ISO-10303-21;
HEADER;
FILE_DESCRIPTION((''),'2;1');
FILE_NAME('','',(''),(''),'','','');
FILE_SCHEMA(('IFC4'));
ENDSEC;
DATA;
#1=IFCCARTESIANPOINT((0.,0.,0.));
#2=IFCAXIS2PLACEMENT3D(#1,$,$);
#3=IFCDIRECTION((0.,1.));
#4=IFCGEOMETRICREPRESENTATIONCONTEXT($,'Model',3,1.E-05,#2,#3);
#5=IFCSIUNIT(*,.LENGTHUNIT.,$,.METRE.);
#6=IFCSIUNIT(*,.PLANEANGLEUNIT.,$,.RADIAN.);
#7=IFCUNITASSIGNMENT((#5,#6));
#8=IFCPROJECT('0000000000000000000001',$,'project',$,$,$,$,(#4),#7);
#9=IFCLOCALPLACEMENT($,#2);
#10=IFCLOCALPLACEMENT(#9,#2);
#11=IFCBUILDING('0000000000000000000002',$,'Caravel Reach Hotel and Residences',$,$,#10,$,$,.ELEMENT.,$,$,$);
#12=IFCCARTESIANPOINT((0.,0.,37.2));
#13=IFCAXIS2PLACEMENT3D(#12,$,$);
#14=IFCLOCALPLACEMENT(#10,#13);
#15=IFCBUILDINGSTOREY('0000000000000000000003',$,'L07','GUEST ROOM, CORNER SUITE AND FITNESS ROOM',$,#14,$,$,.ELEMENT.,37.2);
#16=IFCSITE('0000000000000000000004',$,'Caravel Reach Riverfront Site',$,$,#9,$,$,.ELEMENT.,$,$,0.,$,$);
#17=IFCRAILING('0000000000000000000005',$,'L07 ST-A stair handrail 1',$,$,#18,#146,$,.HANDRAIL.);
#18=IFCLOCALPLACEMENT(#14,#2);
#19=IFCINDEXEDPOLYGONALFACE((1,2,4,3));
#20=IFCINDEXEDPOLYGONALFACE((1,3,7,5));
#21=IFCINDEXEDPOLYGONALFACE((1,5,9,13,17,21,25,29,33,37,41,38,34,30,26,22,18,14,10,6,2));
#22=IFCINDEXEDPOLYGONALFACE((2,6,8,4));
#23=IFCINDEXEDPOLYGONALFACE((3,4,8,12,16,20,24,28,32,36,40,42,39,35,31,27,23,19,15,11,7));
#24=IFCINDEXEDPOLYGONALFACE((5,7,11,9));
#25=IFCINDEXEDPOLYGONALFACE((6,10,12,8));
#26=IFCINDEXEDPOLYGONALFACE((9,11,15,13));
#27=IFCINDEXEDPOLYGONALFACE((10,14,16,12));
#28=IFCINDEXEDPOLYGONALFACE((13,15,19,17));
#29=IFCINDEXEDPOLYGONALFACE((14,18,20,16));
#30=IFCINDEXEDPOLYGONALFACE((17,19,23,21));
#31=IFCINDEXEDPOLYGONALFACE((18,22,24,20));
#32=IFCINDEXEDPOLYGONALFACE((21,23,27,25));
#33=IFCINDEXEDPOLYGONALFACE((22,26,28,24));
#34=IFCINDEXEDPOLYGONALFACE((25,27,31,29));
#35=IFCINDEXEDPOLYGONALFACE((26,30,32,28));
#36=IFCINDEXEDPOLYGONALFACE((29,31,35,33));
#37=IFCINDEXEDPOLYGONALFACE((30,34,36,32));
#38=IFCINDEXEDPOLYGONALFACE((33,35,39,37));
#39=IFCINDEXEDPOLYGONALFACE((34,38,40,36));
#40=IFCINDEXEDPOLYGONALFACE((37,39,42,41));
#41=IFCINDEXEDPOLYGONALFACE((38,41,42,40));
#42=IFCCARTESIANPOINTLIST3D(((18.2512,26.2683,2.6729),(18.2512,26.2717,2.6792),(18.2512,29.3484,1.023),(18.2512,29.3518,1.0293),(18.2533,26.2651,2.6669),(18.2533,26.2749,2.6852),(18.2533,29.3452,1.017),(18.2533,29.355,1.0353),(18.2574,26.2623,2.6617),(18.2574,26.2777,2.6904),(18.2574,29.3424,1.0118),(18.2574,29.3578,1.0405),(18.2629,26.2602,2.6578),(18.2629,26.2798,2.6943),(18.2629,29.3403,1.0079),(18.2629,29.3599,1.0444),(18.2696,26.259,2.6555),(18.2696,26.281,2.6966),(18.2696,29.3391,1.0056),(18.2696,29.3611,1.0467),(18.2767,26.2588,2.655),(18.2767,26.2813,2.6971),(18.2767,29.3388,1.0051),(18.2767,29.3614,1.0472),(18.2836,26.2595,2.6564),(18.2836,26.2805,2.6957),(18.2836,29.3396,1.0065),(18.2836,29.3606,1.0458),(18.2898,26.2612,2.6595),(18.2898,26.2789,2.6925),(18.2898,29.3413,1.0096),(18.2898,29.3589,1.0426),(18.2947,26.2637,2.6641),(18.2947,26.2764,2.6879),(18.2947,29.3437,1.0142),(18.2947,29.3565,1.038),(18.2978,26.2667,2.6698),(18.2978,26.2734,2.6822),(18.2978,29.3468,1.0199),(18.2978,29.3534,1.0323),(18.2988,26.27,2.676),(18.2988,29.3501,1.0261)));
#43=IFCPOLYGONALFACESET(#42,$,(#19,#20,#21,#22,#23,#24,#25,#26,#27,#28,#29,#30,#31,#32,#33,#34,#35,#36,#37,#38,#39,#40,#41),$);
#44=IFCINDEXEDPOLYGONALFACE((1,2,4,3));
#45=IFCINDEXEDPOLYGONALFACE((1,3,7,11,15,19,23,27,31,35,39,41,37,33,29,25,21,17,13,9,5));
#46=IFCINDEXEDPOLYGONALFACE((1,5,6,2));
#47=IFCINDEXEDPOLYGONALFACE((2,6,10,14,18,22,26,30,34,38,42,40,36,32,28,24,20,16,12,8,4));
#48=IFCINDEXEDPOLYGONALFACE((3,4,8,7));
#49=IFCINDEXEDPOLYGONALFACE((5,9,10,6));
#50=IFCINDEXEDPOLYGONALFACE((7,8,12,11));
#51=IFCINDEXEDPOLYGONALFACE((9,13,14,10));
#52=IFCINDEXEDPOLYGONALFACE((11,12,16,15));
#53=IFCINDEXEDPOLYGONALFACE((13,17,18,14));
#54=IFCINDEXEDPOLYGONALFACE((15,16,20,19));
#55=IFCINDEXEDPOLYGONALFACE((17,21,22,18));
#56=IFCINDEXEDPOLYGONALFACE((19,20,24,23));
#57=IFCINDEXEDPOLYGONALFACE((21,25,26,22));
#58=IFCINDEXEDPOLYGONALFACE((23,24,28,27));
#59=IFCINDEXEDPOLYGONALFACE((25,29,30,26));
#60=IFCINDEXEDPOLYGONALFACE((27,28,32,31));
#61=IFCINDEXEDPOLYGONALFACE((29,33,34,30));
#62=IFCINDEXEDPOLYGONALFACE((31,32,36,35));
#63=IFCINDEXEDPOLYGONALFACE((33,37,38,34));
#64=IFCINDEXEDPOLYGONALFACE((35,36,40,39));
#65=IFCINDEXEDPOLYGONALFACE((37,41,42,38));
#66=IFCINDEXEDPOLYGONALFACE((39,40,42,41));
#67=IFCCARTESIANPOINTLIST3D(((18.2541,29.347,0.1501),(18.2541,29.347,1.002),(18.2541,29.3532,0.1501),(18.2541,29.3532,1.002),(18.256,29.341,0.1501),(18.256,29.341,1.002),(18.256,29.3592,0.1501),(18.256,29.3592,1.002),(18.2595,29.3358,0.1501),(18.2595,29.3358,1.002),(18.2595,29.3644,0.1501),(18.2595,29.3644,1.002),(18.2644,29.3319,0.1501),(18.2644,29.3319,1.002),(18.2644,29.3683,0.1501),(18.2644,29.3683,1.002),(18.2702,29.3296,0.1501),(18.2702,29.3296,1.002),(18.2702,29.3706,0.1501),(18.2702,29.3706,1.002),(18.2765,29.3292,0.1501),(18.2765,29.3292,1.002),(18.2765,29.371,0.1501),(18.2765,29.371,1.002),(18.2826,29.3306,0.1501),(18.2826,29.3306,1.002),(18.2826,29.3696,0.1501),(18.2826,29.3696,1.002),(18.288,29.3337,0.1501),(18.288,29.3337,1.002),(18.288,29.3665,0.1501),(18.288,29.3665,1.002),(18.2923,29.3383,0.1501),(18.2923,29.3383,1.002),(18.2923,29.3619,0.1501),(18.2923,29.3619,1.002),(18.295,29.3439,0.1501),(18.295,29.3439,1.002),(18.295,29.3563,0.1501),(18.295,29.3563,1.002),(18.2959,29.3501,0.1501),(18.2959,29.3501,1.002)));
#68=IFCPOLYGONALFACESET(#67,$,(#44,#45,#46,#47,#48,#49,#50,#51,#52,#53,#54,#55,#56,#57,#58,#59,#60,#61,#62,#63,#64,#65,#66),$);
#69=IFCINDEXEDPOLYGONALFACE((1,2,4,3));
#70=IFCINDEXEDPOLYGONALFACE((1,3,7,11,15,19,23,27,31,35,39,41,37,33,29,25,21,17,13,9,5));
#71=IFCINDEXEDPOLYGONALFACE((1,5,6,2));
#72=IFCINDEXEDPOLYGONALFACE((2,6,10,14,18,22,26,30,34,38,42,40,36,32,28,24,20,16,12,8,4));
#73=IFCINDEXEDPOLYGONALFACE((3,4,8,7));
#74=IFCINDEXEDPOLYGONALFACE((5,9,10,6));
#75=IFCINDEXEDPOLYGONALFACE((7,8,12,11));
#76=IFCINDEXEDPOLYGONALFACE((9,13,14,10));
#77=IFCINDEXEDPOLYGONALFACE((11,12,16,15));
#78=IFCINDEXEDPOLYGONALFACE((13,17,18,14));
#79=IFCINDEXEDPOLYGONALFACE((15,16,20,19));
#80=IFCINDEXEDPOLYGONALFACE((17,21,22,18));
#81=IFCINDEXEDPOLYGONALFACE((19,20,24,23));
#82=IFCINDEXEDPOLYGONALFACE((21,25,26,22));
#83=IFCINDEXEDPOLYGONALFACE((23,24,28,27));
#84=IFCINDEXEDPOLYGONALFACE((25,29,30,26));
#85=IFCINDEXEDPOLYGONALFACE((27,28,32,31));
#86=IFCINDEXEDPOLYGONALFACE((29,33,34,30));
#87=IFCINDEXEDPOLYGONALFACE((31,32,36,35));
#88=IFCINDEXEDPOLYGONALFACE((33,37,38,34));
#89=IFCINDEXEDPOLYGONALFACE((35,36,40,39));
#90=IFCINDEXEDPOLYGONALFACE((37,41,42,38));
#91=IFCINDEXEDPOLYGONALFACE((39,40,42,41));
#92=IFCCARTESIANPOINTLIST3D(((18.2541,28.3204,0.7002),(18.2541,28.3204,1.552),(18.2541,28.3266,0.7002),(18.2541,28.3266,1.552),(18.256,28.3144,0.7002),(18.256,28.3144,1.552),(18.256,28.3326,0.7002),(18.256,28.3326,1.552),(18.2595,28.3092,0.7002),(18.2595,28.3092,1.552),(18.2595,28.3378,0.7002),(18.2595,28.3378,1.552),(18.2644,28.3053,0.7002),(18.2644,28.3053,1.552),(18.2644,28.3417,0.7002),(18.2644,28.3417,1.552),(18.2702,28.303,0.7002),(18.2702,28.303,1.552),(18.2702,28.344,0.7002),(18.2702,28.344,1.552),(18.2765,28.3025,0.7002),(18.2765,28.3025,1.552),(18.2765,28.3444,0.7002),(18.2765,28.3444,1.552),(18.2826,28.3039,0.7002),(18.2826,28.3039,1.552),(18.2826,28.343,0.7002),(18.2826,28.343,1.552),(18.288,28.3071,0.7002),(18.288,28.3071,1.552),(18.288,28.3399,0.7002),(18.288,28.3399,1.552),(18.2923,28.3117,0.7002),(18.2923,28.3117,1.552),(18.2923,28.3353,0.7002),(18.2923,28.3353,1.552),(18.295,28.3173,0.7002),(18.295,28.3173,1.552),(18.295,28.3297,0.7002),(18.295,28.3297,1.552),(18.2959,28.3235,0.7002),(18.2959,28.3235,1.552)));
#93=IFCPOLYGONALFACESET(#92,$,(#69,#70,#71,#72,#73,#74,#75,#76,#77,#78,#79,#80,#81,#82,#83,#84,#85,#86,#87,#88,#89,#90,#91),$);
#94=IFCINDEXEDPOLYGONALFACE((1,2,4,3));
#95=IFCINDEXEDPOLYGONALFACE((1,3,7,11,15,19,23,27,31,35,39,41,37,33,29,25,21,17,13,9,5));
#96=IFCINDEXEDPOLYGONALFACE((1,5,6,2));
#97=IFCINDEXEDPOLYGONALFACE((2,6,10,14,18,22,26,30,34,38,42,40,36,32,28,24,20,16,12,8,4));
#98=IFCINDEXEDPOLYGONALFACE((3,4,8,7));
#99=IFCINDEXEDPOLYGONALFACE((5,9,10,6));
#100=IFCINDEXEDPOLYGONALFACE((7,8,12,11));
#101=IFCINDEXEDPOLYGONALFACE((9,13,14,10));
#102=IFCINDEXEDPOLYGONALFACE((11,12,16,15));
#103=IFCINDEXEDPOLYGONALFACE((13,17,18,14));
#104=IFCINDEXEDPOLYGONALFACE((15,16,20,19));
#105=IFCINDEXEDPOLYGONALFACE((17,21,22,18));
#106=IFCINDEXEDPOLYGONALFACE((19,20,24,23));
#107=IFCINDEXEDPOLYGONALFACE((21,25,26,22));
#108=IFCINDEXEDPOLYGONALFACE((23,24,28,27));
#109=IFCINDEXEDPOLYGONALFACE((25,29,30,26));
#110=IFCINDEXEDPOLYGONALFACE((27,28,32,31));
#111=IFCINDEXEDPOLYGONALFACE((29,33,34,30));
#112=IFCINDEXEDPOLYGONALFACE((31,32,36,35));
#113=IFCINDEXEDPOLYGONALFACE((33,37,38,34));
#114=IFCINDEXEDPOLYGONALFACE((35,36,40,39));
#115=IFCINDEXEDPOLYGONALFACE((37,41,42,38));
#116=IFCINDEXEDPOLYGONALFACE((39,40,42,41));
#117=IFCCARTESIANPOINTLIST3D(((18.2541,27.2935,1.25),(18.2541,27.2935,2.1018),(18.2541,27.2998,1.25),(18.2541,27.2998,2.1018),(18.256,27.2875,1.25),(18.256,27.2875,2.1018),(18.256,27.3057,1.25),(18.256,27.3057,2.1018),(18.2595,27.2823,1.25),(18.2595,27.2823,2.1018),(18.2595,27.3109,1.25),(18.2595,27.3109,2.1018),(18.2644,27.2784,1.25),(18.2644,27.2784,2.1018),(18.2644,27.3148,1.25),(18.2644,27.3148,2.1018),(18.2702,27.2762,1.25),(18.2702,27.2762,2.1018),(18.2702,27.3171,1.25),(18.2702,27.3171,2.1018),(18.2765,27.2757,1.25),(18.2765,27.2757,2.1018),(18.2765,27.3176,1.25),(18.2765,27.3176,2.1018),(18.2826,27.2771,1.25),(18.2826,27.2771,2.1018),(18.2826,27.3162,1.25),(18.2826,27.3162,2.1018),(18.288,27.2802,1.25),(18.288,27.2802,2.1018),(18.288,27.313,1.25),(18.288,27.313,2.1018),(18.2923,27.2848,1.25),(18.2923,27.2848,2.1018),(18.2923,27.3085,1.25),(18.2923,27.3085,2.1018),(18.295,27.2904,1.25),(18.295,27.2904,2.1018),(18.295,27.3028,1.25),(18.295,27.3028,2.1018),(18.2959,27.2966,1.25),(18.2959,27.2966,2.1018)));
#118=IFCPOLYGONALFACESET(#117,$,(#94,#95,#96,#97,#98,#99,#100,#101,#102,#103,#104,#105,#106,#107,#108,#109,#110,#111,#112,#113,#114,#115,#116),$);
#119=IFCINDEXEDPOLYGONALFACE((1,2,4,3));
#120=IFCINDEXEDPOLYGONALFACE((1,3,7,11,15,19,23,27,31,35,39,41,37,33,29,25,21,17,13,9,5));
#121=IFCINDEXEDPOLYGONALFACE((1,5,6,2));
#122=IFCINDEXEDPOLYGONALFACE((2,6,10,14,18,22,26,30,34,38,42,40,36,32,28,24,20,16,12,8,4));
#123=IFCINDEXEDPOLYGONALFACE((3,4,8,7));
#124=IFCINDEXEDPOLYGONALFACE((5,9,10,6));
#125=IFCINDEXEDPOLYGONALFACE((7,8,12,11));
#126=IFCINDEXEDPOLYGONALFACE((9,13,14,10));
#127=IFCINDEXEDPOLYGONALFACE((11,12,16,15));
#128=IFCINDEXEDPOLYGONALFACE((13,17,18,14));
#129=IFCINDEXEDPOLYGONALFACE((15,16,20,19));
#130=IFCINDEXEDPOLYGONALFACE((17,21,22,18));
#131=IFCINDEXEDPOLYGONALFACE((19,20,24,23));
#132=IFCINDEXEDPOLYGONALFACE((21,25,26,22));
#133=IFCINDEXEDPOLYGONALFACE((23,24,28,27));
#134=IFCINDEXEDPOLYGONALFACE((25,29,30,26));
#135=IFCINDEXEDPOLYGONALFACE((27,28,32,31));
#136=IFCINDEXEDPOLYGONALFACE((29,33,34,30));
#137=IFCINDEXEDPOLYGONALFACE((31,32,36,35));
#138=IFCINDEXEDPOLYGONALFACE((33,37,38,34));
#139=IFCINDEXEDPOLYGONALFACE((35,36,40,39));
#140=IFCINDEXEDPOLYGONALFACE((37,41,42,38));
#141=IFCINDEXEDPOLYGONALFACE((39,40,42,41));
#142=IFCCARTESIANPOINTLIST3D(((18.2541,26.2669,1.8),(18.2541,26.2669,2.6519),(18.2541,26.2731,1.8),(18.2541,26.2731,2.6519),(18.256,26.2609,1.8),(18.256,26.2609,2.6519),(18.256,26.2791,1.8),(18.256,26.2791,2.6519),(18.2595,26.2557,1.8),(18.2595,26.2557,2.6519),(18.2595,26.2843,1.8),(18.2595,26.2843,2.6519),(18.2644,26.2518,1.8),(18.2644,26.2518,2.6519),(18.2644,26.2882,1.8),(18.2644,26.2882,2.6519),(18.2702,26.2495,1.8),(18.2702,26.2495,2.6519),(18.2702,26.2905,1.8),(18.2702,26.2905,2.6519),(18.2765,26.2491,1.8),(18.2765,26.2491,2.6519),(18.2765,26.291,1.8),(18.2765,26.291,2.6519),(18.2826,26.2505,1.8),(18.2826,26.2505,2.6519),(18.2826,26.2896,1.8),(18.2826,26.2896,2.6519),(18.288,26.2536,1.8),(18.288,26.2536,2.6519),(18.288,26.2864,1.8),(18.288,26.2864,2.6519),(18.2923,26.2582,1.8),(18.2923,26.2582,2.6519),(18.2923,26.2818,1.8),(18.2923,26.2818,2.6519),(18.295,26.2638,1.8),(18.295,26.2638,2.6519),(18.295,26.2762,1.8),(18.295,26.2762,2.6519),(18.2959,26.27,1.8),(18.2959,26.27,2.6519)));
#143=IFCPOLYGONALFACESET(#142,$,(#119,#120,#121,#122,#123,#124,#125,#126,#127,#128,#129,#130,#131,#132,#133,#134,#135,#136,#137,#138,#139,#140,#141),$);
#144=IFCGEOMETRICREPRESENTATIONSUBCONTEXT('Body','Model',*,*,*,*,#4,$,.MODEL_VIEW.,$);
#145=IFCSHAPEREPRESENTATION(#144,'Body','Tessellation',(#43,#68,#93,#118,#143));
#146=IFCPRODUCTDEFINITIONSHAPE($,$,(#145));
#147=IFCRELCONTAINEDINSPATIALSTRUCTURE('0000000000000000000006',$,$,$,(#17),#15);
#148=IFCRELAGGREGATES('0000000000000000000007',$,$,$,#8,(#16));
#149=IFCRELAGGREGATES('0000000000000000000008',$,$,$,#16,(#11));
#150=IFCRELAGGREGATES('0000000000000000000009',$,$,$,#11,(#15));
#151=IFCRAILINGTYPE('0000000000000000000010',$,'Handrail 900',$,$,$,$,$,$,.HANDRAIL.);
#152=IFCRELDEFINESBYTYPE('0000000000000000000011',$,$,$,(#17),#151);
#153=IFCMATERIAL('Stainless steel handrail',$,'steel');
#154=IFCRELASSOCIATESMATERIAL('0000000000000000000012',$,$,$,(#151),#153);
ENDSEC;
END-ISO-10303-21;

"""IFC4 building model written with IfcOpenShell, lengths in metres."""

from ifc_helpers import new_model, si_unit, direction, frame, origin, origin_2d, place, context, subcontext, project, spatial, circle, extrude, material, type_object, element, save


model = new_model("IFC4")

# Units and contexts
model_context = context("Model", 3, precision=1e-05, world=origin(), true_north=direction((0.0, 1.0)))
body_context = subcontext(model_context, "Body", "Model", "MODEL_VIEW")
ifc_project = project(units=[si_unit("LENGTHUNIT", "METRE"), si_unit("PLANEANGLEUNIT", "RADIAN")], contexts=[model_context])

# Site, building, storey
site_placement = place(None, origin())
site = spatial("IfcSite", under=ifc_project, at=site_placement, Name="Caravel Reach Riverfront Site", CompositionType="ELEMENT", RefElevation=0.0)
building_placement = place(site_placement, origin())
building = spatial("IfcBuilding", under=site, at=building_placement, Name="Caravel Reach Hotel and Residences", CompositionType="ELEMENT")
storey_placement = place(building_placement, frame((0.0, 0.0, 37.2)))
storey = spatial("IfcBuildingStorey", under=building, at=storey_placement, Name="L07", Description="GUEST ROOM, CORNER SUITE AND FITNESS ROOM", CompositionType="ELEMENT", Elevation=37.2)

# Railing
ifc_material_1 = material(Name="Stainless steel handrail", Category="steel")
railing_type_1 = type_object("IfcRailingType", Name="Handrail 900", PredefinedType="HANDRAIL", material=ifc_material_1)
railing_1_placement = place(storey_placement, frame((18.2749, 29.3501, 0.1501)))
element("IfcRailing", 1, at=railing_1_placement, inside=storey, type_object=railing_type_1, Name="L07 ST-A stair handrail 1", PredefinedType="HANDRAIL", context=body_context, shape_type="SweptSolid", body=[
    extrude(circle(Radius=0.0239, at=origin_2d()), frame((0.0, 0.0, 0.876), z_axis=(0.0, -0.881497, 0.47219), x_axis=(1.0, 0.0, 0.0)), (0.0, 0.0, 1.0), 3.4941),
    extrude(circle(Radius=0.021, at=origin_2d()), origin(), (0.0, 0.0, 1.0), 0.8518),
    extrude(circle(Radius=0.021, at=origin_2d()), frame((0.0, -1.0266, 0.55)), (0.0, 0.0, 1.0), 0.8518),
    extrude(circle(Radius=0.021, at=origin_2d()), frame((0.0, -2.0535, 1.0999)), (0.0, 0.0, 1.0), 0.8518),
    extrude(circle(Radius=0.021, at=origin_2d()), frame((0.0, -3.0801, 1.6499)), (0.0, 0.0, 1.0), 0.8518),
])

save(model, "model.ifc")
